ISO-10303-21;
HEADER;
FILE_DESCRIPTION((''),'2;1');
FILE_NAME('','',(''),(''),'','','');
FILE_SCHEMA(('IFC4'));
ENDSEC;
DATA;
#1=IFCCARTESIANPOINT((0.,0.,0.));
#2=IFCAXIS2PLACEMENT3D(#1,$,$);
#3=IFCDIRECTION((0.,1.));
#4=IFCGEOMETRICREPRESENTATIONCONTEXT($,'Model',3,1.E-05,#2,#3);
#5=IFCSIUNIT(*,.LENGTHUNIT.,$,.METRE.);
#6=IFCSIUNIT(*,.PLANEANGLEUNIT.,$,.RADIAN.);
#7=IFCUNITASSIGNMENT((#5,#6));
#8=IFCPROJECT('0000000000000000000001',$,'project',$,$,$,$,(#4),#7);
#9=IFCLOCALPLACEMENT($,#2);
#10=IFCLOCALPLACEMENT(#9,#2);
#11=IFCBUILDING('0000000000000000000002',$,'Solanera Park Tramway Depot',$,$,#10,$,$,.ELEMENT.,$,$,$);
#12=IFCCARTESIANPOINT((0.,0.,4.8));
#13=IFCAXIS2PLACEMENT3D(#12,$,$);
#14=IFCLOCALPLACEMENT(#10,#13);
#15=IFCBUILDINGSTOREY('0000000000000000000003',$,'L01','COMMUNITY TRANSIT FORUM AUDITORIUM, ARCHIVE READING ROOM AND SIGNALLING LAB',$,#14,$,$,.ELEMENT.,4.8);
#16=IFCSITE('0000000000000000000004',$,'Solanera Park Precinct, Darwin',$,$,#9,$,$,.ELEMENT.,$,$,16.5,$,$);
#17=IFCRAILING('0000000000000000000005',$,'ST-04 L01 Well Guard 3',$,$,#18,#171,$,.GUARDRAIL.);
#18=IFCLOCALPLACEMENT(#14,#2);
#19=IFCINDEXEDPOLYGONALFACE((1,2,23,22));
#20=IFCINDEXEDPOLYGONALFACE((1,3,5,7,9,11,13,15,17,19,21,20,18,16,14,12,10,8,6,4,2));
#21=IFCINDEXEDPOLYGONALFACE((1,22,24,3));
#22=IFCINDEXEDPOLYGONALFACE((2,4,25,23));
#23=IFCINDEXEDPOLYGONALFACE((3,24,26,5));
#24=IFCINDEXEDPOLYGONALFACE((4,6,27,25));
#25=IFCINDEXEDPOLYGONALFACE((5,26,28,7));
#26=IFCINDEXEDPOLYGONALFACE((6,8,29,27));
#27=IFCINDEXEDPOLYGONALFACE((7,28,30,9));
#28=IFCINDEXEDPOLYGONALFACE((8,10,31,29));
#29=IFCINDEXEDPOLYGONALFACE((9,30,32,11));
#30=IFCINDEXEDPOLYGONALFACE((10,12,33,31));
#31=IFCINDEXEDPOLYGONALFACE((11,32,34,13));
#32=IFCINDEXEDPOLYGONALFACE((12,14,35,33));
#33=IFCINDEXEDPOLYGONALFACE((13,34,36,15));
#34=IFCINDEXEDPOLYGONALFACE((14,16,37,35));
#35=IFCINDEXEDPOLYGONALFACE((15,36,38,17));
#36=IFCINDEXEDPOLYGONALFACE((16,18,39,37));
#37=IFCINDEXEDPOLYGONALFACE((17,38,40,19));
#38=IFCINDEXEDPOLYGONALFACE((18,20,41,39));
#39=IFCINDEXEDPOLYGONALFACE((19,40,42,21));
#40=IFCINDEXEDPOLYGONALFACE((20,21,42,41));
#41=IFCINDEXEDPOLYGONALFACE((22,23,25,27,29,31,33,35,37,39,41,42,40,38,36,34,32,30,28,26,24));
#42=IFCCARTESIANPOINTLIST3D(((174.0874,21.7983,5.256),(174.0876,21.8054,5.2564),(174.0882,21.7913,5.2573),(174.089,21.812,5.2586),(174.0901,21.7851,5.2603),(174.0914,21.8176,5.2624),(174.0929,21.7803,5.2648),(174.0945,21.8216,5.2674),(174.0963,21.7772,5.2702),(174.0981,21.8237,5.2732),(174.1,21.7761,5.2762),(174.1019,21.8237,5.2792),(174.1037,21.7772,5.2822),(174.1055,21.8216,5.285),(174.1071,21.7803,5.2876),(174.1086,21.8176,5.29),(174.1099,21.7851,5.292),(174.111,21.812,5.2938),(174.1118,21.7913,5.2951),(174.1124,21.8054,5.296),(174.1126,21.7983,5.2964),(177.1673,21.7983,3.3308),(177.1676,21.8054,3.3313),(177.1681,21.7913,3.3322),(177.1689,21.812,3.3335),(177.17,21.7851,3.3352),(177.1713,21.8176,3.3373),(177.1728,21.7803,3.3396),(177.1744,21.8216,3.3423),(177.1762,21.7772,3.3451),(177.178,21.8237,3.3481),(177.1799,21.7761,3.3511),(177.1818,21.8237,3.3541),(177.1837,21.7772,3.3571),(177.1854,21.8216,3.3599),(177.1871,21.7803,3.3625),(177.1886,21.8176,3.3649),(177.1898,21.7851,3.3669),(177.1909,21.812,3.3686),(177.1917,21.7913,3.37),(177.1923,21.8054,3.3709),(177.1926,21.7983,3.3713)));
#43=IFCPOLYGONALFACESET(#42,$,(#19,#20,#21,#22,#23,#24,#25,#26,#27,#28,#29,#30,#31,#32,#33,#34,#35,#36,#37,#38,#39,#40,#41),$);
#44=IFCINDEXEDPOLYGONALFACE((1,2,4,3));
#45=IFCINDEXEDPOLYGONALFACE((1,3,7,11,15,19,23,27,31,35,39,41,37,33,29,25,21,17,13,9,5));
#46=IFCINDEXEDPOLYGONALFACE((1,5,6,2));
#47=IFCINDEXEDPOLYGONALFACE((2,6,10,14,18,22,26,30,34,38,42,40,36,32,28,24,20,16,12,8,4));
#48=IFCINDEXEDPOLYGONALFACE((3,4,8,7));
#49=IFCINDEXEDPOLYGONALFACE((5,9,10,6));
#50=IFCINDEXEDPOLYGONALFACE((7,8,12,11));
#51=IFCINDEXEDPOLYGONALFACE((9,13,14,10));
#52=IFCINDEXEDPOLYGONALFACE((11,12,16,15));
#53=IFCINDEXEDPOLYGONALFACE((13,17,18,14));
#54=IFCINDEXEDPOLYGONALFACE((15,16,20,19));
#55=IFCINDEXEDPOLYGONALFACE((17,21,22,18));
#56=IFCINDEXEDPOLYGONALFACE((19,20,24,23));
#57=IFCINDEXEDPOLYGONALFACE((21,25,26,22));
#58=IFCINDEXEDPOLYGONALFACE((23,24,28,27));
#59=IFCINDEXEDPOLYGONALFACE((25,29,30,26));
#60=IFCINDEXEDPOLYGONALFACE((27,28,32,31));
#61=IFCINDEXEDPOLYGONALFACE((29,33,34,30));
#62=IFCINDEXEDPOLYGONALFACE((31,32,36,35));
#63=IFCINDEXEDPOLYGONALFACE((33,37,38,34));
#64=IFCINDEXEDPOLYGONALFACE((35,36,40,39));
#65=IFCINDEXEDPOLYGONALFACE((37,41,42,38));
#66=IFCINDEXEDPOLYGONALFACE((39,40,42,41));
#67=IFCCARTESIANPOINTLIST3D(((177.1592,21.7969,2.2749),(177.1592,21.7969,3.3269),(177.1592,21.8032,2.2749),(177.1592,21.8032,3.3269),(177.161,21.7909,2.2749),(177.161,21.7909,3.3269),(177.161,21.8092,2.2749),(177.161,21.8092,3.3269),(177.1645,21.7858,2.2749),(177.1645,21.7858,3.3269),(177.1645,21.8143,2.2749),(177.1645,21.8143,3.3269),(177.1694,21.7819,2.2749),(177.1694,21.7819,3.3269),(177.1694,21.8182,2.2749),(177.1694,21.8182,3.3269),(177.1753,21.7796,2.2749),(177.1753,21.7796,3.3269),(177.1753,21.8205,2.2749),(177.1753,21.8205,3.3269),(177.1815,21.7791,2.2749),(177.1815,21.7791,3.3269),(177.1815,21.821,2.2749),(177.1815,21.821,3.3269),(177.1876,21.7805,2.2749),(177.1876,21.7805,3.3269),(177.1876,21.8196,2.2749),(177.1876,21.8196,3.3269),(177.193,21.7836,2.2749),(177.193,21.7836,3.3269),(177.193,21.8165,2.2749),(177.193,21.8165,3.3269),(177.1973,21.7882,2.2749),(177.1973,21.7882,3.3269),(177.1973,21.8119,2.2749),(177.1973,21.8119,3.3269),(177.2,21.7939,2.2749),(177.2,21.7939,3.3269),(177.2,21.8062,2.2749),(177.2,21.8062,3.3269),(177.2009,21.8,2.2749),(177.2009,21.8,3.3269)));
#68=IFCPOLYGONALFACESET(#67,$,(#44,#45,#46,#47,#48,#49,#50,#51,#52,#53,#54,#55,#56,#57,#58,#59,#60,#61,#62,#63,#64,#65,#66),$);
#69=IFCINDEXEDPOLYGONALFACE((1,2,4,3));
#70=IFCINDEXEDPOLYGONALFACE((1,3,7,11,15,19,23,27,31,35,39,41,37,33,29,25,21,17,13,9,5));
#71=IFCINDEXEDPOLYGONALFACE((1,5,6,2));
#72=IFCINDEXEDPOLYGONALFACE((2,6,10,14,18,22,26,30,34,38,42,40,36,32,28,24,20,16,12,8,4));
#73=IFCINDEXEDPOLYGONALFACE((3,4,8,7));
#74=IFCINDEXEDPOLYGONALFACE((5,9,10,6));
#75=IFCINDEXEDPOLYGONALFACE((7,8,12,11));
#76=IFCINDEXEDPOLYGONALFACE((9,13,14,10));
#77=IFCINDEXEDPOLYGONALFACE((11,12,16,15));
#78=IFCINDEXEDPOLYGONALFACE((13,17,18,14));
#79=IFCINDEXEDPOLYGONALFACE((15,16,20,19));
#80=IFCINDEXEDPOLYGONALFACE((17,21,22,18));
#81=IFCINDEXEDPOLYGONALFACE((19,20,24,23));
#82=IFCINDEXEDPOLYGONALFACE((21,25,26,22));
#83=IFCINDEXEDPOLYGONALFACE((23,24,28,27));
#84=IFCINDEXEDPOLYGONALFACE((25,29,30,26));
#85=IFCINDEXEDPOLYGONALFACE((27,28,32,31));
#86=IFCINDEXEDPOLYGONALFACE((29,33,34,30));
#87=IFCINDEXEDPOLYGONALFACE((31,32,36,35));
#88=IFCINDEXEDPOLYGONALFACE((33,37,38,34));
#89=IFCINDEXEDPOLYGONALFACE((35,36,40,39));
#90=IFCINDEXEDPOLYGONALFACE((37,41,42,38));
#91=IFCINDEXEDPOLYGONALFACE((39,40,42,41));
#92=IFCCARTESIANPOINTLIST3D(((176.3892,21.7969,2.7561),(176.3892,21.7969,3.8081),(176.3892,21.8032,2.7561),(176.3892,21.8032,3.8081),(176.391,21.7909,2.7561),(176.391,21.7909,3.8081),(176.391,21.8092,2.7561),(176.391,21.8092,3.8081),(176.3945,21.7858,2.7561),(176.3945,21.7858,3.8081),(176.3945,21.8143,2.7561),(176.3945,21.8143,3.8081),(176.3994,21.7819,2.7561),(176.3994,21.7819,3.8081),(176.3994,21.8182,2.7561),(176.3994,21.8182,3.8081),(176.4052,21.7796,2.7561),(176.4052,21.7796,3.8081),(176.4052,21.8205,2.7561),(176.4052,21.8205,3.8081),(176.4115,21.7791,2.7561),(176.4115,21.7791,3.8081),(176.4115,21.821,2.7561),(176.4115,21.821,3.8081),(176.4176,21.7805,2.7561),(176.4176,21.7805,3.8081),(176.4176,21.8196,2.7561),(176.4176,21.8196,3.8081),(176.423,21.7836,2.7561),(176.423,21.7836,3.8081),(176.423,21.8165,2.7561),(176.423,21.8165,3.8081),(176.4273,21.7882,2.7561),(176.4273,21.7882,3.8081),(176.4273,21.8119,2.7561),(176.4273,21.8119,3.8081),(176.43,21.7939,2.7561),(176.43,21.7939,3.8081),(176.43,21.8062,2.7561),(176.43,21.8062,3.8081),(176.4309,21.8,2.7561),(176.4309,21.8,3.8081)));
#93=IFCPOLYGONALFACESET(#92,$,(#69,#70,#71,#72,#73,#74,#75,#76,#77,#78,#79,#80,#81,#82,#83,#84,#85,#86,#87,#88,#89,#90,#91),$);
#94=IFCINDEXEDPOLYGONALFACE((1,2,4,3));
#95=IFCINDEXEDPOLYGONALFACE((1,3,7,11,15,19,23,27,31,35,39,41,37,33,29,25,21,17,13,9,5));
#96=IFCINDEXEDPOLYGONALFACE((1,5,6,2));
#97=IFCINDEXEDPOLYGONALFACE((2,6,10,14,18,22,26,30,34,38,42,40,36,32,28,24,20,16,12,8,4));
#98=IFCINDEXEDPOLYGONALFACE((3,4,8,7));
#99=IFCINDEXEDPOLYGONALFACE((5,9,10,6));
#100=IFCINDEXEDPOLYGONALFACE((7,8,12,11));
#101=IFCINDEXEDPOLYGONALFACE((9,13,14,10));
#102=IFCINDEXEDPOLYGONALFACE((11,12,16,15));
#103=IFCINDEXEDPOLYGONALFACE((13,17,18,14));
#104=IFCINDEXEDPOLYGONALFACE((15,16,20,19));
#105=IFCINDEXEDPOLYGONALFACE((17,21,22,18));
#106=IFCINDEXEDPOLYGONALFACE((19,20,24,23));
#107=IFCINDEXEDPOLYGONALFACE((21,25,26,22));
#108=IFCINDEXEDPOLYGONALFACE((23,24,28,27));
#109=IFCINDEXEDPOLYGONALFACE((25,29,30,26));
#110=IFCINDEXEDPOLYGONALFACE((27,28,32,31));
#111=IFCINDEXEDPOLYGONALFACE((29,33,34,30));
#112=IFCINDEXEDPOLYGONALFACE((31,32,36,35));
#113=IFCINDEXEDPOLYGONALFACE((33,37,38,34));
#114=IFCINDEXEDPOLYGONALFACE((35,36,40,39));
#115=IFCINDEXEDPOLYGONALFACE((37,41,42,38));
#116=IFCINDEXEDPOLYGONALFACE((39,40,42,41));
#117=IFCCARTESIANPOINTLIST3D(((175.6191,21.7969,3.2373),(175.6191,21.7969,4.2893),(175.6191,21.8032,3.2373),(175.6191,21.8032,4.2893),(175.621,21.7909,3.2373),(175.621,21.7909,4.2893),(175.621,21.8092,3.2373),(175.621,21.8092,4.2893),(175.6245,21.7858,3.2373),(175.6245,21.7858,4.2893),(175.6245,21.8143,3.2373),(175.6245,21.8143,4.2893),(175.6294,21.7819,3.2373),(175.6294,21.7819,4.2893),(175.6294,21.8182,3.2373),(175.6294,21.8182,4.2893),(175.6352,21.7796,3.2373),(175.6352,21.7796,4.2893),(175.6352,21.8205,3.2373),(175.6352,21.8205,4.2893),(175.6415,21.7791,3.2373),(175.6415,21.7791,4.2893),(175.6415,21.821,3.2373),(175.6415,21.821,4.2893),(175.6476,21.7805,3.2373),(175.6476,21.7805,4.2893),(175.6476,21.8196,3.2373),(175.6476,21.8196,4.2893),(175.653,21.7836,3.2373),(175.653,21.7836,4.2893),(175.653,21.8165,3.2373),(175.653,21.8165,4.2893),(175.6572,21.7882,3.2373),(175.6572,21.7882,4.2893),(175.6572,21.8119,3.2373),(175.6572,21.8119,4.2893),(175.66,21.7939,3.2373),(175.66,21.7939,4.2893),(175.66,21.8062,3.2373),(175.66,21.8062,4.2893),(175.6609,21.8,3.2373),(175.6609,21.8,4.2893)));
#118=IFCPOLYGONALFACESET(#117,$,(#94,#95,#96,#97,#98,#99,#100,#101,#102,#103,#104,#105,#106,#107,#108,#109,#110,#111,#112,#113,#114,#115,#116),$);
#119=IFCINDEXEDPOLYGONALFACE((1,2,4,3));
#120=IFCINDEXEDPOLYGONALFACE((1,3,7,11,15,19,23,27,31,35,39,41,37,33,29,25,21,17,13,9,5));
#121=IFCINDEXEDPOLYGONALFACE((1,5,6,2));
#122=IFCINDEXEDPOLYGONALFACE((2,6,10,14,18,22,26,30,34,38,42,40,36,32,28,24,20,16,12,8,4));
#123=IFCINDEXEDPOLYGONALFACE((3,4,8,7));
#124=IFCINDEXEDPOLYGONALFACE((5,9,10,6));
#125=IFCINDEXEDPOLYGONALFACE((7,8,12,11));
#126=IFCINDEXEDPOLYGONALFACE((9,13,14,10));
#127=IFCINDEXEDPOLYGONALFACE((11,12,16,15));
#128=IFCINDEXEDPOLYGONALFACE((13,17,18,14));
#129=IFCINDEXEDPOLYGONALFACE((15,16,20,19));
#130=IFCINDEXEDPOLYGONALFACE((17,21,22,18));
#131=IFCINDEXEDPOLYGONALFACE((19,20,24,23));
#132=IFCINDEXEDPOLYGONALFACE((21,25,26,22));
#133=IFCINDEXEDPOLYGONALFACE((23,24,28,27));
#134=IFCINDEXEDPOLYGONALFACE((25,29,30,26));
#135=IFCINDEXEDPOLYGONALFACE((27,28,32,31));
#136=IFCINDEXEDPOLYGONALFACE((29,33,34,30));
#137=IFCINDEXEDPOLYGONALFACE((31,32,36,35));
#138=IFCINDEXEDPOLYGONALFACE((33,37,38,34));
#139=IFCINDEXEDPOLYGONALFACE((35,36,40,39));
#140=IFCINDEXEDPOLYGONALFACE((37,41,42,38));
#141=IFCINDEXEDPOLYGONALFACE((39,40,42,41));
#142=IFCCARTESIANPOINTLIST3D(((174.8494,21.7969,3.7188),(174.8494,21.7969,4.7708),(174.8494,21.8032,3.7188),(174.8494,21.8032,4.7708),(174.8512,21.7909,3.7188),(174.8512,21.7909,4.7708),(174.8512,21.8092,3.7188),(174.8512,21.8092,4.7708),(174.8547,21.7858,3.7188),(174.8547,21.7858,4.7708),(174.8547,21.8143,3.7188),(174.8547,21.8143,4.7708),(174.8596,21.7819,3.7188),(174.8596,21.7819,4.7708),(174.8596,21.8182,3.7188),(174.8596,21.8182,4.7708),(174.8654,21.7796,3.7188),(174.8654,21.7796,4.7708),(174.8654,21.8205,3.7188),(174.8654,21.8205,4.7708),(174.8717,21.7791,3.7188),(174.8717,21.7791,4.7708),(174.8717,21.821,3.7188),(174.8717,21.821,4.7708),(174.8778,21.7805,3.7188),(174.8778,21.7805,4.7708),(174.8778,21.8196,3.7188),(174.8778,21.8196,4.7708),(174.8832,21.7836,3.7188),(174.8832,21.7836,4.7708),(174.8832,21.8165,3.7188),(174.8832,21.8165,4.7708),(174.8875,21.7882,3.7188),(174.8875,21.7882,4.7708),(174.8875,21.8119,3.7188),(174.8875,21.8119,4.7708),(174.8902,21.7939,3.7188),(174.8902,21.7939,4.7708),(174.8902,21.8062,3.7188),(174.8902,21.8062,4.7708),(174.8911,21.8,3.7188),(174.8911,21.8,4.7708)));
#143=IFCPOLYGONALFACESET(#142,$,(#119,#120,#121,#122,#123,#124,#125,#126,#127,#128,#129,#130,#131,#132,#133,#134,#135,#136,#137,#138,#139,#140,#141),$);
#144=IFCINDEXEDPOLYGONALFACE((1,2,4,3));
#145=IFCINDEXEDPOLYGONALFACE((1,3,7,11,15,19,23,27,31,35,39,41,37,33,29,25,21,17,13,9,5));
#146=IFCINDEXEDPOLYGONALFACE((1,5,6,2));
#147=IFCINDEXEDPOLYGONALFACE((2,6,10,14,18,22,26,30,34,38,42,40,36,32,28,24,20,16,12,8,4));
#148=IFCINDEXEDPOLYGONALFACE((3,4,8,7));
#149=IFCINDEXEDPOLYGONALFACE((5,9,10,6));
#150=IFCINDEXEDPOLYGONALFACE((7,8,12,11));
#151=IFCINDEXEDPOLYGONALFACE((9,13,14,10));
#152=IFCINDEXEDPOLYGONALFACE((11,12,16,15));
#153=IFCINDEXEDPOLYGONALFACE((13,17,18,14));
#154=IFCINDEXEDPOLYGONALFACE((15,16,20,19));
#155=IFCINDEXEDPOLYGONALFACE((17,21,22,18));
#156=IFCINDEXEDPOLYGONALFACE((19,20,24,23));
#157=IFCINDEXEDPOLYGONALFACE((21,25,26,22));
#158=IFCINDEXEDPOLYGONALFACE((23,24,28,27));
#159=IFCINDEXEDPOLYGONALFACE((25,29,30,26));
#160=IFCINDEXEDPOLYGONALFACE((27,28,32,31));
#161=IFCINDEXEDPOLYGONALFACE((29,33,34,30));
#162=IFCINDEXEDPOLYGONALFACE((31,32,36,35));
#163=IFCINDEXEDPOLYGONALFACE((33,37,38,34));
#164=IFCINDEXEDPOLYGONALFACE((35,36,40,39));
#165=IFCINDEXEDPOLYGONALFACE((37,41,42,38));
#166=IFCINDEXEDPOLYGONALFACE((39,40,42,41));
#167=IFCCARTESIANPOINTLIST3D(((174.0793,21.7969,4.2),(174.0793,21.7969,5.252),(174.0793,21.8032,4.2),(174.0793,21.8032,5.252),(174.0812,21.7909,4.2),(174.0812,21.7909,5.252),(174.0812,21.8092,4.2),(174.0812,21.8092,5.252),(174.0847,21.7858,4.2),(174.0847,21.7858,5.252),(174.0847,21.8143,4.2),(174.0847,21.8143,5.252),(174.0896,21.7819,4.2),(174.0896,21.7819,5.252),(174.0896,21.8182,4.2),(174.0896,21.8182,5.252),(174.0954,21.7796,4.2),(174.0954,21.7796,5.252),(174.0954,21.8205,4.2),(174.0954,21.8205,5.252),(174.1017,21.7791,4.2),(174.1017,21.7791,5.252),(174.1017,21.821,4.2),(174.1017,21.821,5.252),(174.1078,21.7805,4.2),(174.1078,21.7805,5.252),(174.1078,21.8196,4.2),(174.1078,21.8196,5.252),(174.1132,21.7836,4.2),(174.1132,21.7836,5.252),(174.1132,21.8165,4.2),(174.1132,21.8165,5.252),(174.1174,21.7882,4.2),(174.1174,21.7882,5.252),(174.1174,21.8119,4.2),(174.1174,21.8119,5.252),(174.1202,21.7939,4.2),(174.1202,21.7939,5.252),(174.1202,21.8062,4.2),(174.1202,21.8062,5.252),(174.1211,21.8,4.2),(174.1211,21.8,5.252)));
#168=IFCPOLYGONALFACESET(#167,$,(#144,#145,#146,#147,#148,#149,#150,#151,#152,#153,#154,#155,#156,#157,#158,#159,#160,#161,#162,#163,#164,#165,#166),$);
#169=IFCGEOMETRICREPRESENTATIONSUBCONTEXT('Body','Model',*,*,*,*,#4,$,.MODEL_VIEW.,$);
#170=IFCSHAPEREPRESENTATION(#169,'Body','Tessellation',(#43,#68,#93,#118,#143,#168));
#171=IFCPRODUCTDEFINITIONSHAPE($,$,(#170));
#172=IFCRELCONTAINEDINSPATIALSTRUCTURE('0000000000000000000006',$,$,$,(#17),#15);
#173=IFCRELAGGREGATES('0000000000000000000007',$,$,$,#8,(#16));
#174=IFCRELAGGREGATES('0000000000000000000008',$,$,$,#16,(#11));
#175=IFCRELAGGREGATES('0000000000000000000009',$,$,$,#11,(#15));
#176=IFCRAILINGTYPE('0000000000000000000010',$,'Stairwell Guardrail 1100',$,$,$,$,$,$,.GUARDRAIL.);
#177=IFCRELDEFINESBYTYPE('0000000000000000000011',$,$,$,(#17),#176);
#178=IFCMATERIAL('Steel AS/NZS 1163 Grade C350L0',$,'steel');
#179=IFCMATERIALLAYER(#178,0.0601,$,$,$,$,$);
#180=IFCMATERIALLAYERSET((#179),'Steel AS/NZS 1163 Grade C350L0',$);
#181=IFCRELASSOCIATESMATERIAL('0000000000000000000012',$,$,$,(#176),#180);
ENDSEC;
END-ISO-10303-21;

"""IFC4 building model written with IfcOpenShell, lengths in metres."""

from ifc_helpers import new_model, si_unit, direction, frame, origin, origin_2d, place, context, subcontext, project, spatial, circle, extrude, material, layer, layer_set, type_object, element, save


model = new_model("IFC4")

# Units and contexts
model_context = context("Model", 3, precision=1e-05, world=origin(), true_north=direction((0.0, 1.0)))
body_context = subcontext(model_context, "Body", "Model", "MODEL_VIEW")
ifc_project = project(units=[si_unit("LENGTHUNIT", "METRE"), si_unit("PLANEANGLEUNIT", "RADIAN")], contexts=[model_context])

# Site, building, storey
site_placement = place(None, origin())
site = spatial("IfcSite", under=ifc_project, at=site_placement, Name="Solanera Park Precinct, Darwin", CompositionType="ELEMENT", RefElevation=16.5)
building_placement = place(site_placement, origin())
building = spatial("IfcBuilding", under=site, at=building_placement, Name="Solanera Park Tramway Depot", CompositionType="ELEMENT")
storey_placement = place(building_placement, frame((0.0, 0.0, 4.8)))
storey = spatial("IfcBuildingStorey", under=building, at=storey_placement, Name="L01", Description="COMMUNITY TRANSIT FORUM AUDITORIUM, ARCHIVE READING ROOM AND SIGNALLING LAB", CompositionType="ELEMENT", Elevation=4.8)

# Railing
ifc_material_1 = material(Name="Steel AS/NZS 1163 Grade C350L0", Category="steel")
ifc_layer_1 = layer(ifc_material_1, 0.0601)
ifc_layer_set_1 = layer_set([ifc_layer_1], Name="Steel AS/NZS 1163 Grade C350L0")
railing_type_1 = type_object("IfcRailingType", Name="Stairwell Guardrail 1100", PredefinedType="GUARDRAIL", material=ifc_layer_set_1)
railing_1_placement = place(storey_placement, frame((177.1799, 21.8, 2.2749)))
element("IfcRailing", 1, at=railing_1_placement, inside=storey, type_object=railing_type_1, Name="ST-04 L01 Well Guard 3", PredefinedType="GUARDRAIL", context=body_context, shape_type="SweptSolid", body=[
    extrude(circle(Radius=0.0239, at=origin_2d()), frame((0.0, 0.0, 1.0762), z_axis=(-0.847979, 0.0, 0.530029), x_axis=(0.0, -1.0, 0.0)), (0.0, 0.0, 1.0), 3.6321),
    extrude(circle(Radius=0.021, at=origin_2d()), origin(), (0.0, 0.0, 1.0), 1.052),
    extrude(circle(Radius=0.021, at=origin_2d()), frame((-0.77, 0.0, 0.4812)), (0.0, 0.0, 1.0), 1.052),
    extrude(circle(Radius=0.021, at=origin_2d()), frame((-1.54, 0.0, 0.9624)), (0.0, 0.0, 1.0), 1.052),
    extrude(circle(Radius=0.021, at=origin_2d()), frame((-2.3098, 0.0, 1.4438)), (0.0, 0.0, 1.0), 1.052),
    extrude(circle(Radius=0.021, at=origin_2d()), frame((-3.0798, 0.0, 1.925)), (0.0, 0.0, 1.0), 1.052),
])

save(model, "model.ifc")
